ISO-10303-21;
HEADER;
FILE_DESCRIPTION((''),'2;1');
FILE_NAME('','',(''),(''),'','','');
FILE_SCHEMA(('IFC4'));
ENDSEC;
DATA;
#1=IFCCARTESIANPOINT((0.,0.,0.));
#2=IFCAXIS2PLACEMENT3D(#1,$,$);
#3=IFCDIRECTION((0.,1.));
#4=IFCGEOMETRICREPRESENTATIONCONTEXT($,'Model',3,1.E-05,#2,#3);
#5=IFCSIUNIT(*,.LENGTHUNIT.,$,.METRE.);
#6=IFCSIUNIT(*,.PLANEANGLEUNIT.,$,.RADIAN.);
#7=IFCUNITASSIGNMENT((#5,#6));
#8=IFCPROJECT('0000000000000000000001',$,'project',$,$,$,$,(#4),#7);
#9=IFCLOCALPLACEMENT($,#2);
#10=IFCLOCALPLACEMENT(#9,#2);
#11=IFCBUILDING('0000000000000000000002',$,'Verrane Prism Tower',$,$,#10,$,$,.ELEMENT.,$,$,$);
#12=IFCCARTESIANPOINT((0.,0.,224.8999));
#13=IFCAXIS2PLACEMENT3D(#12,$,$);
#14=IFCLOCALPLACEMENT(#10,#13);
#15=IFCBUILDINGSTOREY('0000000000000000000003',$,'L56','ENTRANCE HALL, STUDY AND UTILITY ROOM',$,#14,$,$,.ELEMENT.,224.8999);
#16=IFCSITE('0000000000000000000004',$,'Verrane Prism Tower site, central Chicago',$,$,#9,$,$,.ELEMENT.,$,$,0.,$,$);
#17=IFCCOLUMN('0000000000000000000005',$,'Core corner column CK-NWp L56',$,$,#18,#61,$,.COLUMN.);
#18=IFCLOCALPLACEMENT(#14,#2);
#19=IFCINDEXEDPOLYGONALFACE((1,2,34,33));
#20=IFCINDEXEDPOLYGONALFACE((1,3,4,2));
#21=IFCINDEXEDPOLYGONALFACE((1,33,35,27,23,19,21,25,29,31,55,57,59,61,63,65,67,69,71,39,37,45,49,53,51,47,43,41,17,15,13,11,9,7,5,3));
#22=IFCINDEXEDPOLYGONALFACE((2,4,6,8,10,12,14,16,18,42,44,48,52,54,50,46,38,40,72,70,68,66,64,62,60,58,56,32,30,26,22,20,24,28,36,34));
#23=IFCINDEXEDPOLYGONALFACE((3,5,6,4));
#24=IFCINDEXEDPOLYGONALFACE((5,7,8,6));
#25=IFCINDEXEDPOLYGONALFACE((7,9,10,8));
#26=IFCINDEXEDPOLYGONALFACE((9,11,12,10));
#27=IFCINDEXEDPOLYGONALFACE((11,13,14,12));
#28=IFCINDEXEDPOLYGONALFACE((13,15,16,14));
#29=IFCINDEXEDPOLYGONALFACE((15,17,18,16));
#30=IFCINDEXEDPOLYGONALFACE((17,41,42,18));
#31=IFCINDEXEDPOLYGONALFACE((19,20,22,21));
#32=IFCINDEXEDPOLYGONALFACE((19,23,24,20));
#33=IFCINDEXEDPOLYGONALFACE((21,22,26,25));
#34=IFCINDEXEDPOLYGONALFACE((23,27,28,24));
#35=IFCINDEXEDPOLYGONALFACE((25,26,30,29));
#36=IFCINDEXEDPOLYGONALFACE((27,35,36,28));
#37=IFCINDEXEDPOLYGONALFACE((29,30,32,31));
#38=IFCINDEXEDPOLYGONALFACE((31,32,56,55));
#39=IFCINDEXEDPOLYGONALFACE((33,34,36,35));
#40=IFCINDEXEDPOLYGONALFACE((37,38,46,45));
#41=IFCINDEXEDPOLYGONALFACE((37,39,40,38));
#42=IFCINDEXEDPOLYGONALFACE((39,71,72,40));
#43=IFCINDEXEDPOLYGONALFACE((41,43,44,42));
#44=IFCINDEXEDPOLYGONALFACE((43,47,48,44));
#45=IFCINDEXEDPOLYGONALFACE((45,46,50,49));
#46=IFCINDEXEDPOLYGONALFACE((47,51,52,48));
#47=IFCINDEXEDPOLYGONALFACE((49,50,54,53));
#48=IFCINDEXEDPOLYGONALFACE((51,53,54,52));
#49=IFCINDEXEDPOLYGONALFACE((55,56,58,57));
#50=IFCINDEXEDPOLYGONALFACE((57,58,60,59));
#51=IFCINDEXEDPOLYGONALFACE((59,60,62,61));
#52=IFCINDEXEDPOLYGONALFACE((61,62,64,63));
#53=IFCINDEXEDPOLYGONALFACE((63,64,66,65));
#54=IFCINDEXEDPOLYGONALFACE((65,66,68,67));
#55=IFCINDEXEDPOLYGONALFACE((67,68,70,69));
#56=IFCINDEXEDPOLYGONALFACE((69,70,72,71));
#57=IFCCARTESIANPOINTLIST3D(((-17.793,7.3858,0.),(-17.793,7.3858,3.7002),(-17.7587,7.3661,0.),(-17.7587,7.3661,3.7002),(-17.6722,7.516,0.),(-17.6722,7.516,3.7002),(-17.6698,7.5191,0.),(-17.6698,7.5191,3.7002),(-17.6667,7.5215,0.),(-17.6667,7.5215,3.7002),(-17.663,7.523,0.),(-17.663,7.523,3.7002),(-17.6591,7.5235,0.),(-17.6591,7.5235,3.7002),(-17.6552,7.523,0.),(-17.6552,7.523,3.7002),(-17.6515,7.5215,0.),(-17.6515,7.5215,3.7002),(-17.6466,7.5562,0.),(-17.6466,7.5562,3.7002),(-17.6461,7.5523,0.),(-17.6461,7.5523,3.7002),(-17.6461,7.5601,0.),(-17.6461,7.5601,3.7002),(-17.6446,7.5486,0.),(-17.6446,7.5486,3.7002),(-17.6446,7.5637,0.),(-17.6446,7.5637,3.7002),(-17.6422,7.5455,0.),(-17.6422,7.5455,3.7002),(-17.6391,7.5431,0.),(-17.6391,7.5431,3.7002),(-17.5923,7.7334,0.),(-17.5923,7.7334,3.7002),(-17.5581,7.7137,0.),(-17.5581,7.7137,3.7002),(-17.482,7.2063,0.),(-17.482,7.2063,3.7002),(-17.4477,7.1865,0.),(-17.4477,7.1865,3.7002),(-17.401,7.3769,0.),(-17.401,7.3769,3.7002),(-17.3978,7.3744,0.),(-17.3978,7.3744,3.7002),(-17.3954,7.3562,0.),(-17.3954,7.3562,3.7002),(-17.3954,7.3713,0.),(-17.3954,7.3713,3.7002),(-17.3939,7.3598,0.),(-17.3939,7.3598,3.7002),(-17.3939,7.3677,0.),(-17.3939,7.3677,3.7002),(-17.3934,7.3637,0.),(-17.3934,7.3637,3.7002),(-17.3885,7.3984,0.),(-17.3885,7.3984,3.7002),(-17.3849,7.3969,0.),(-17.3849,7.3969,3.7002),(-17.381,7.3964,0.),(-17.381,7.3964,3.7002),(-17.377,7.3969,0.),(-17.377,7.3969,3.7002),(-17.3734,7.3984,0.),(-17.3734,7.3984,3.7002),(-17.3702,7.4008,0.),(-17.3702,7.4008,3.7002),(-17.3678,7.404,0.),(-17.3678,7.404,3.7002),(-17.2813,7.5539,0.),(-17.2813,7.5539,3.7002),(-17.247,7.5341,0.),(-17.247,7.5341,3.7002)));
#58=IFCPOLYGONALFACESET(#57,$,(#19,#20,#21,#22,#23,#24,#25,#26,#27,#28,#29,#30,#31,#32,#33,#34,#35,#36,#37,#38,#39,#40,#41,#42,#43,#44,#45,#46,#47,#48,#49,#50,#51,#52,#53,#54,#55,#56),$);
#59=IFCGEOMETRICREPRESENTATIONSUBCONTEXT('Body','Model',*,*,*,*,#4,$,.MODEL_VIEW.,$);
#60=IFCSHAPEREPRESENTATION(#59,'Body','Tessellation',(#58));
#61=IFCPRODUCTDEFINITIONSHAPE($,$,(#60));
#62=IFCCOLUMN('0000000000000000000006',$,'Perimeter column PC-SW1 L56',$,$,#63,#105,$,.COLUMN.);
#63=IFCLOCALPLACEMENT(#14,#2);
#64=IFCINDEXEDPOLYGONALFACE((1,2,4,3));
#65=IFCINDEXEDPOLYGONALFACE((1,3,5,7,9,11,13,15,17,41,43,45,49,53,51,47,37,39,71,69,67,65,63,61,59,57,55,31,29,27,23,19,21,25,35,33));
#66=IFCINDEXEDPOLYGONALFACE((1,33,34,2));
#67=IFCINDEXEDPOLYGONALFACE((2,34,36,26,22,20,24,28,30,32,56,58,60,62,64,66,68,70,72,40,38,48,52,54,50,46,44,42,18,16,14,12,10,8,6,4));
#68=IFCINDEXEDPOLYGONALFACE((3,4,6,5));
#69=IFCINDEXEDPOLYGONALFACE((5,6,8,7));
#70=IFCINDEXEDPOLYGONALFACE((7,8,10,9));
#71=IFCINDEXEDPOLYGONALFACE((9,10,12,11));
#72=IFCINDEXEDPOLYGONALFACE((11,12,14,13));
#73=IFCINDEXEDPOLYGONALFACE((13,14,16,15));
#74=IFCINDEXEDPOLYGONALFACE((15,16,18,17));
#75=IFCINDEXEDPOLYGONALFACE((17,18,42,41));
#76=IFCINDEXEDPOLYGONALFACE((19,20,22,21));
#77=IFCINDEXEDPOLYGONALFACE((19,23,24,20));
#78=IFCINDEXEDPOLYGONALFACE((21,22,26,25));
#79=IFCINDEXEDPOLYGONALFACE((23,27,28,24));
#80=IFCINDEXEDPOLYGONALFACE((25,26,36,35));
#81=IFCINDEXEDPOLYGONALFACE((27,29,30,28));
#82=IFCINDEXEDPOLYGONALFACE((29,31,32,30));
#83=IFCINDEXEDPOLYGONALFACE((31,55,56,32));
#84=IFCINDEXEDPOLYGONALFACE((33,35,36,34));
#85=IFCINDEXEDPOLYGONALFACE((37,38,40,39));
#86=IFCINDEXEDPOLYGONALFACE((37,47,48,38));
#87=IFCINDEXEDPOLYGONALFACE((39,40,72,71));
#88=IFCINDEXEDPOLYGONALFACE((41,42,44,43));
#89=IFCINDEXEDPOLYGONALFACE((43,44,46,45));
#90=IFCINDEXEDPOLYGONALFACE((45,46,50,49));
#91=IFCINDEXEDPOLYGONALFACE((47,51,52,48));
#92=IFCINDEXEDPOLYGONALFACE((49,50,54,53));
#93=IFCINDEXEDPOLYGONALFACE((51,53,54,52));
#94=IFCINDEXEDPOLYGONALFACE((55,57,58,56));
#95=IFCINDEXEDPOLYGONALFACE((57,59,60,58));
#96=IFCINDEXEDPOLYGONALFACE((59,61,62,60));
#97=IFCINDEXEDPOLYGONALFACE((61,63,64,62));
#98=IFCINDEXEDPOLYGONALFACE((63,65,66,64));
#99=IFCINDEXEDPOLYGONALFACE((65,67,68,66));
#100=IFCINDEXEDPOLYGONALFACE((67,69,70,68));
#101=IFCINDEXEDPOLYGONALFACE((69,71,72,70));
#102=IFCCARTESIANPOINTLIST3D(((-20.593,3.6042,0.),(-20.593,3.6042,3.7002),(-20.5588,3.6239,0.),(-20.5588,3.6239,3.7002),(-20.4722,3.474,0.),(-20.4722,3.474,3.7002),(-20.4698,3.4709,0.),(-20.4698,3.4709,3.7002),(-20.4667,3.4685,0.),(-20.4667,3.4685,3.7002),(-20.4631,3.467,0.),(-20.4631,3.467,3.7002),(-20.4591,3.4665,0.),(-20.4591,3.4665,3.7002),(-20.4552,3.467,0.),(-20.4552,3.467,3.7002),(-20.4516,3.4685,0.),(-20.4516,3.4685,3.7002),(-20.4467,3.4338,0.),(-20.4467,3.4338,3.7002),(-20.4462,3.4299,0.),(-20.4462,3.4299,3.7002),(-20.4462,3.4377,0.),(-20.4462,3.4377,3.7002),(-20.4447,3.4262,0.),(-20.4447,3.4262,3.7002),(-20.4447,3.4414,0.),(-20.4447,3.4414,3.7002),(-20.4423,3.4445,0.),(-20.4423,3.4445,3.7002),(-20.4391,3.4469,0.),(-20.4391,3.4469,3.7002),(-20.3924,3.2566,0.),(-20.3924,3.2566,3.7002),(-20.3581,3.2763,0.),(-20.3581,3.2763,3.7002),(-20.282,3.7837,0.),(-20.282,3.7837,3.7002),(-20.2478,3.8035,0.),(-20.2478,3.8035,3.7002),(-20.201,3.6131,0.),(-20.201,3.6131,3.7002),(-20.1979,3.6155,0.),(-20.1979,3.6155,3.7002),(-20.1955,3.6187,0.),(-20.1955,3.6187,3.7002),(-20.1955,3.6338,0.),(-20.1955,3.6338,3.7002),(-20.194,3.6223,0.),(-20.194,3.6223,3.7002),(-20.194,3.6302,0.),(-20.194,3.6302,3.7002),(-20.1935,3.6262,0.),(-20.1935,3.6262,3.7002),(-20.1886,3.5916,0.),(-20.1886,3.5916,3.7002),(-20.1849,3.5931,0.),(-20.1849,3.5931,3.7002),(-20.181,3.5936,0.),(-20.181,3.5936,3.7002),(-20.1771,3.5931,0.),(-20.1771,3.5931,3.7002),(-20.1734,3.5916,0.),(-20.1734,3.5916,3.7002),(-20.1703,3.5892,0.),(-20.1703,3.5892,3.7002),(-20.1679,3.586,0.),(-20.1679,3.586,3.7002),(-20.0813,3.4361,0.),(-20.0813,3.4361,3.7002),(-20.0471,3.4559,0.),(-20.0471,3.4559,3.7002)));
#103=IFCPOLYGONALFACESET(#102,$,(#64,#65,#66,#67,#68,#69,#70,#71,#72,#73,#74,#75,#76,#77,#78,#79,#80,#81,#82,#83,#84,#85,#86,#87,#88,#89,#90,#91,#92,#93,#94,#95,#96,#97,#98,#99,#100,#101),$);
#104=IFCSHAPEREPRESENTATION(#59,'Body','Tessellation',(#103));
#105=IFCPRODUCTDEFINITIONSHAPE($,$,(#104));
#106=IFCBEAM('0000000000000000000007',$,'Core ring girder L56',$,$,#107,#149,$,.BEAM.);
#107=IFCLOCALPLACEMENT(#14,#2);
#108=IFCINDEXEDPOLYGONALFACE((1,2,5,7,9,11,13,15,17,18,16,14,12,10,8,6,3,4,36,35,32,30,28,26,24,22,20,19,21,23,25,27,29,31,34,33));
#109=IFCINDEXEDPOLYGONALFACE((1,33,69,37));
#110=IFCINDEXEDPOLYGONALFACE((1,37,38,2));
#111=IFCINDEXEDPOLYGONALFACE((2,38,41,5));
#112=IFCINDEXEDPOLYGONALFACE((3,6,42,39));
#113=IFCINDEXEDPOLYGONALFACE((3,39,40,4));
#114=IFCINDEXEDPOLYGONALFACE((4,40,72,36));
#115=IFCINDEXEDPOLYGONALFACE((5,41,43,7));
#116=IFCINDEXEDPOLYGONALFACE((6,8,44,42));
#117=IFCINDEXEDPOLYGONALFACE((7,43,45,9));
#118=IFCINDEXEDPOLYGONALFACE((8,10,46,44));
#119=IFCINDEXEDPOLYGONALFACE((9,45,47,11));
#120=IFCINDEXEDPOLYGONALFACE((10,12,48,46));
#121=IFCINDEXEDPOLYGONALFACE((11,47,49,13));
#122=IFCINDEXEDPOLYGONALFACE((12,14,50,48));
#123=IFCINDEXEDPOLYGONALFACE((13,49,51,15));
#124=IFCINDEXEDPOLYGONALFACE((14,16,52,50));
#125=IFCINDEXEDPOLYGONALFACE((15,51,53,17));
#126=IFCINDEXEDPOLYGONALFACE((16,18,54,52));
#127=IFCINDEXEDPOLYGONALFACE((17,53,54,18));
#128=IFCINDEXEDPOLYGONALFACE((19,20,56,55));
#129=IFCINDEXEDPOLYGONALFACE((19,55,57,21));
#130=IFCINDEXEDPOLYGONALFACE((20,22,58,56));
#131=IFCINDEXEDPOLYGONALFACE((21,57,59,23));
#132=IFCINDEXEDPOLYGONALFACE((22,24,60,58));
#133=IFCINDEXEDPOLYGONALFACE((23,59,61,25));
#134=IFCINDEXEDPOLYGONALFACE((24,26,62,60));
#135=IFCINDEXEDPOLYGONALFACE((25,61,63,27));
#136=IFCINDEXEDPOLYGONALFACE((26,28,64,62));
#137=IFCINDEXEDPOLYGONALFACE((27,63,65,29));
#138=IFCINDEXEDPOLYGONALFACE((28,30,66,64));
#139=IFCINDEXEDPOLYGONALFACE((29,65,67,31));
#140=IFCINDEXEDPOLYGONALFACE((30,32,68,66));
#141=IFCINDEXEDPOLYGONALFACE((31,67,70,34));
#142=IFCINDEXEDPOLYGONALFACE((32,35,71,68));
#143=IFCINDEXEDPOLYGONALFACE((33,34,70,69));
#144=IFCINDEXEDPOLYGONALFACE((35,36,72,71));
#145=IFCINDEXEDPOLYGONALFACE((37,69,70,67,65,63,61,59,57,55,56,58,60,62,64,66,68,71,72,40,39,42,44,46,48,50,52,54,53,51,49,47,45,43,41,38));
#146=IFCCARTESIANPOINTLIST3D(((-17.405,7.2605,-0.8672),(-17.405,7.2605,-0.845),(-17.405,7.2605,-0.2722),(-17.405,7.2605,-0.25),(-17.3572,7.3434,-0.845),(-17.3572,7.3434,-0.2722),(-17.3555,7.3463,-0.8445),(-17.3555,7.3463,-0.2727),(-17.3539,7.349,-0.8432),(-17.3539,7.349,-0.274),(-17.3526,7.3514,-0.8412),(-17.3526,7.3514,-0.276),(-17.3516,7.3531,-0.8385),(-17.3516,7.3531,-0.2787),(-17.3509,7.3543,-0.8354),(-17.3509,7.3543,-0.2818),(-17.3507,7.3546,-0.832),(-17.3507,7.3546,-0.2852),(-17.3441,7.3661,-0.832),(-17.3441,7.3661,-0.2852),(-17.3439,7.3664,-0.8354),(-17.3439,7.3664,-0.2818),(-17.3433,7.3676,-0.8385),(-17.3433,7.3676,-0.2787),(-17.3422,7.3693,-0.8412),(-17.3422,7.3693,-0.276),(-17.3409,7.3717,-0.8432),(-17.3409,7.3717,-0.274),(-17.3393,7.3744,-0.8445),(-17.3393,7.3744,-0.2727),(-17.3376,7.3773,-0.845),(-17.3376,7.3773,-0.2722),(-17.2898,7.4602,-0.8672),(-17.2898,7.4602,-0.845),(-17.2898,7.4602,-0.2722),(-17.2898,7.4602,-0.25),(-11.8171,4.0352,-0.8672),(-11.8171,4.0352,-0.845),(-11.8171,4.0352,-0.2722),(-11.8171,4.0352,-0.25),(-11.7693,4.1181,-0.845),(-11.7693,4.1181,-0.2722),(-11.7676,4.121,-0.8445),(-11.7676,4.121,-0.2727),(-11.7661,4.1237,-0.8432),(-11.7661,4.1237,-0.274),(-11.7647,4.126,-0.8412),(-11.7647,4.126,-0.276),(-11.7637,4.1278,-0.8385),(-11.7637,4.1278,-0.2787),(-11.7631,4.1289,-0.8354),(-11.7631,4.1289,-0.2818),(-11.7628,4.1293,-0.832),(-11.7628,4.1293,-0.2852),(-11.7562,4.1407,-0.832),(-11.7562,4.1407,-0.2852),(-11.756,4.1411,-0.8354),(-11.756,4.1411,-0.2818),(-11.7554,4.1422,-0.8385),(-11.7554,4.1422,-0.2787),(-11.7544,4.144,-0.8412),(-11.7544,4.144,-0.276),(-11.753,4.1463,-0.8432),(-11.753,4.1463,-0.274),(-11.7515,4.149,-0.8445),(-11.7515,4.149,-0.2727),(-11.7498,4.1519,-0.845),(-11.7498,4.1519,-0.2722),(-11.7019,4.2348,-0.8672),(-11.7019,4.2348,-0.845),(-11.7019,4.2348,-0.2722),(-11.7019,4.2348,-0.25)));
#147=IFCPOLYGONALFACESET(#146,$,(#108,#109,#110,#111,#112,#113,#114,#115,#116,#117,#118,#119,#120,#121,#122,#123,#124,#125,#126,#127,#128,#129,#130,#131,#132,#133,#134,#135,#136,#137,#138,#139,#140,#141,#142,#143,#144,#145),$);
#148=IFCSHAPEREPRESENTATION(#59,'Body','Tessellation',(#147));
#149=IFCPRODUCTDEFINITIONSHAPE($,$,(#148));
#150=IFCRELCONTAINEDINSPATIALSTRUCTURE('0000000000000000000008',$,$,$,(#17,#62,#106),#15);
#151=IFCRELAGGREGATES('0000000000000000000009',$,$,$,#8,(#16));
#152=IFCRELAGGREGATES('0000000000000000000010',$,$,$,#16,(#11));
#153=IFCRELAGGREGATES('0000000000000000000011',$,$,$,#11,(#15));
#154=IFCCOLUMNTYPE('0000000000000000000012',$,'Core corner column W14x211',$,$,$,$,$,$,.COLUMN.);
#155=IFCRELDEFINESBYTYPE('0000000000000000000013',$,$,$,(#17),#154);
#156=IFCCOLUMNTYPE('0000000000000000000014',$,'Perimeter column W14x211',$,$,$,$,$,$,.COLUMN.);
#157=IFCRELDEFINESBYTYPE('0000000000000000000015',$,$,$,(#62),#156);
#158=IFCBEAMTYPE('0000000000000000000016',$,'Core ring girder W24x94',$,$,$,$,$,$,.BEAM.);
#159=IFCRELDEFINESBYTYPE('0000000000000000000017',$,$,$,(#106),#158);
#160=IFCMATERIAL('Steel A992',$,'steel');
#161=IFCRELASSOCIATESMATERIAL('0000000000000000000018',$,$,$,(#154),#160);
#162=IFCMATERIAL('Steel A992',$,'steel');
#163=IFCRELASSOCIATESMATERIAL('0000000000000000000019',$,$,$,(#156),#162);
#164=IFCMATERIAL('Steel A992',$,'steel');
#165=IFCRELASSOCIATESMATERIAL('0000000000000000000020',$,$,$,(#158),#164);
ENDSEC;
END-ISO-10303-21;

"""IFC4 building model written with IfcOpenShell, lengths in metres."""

from ifc_helpers import new_model, si_unit, direction, frame, origin, origin_2d, place, context, subcontext, project, spatial, i_section, extrude, material, material_profile, profile_set, type_object, element, save


model = new_model("IFC4")

# Units and contexts
model_context = context("Model", 3, precision=1e-05, world=origin(), true_north=direction((0.0, 1.0)))
body_context = subcontext(model_context, "Body", "Model", "MODEL_VIEW")
ifc_project = project(units=[si_unit("LENGTHUNIT", "METRE"), si_unit("PLANEANGLEUNIT", "RADIAN")], contexts=[model_context])

# Site, building, storey
site_placement = place(None, origin())
site = spatial("IfcSite", under=ifc_project, at=site_placement, Name="Verrane Prism Tower site, central Chicago", CompositionType="ELEMENT", RefElevation=0.0)
building_placement = place(site_placement, origin())
building = spatial("IfcBuilding", under=site, at=building_placement, Name="Verrane Prism Tower", CompositionType="ELEMENT")
storey_placement = place(building_placement, frame((0.0, 0.0, 224.8999)))
storey = spatial("IfcBuildingStorey", under=building, at=storey_placement, Name="L56", Description="ENTRANCE HALL, STUDY AND UTILITY ROOM", CompositionType="ELEMENT", Elevation=224.8999)

# Columns
ifc_material_1 = material(Name="Steel A992", Category="steel")
ifc_material_profile_1 = material_profile(ifc_material_1, i_section(OverallWidth=0.4014, OverallDepth=0.3987, WebThickness=0.0249, FlangeThickness=0.0396, FilletRadius=0.0151, at=origin_2d()), Name="W14x211")
ifc_profile_set_1 = profile_set([ifc_material_profile_1], Name="Steel A992")
column_type_1 = type_object("IfcColumnType", Name="Core corner column W14x211", PredefinedType="COLUMN", material=ifc_profile_set_1)
column_1_placement = place(storey_placement, frame((-17.52, 7.46, 0.0), z_axis=(0.0, 0.0, 1.0), x_axis=(0.5, 0.866025, 0.0)))
element("IfcColumn", 1, at=column_1_placement, inside=storey, type_object=column_type_1, Name="Core corner column CK-NWp L56", PredefinedType="COLUMN", context=body_context, shape_type="SweptSolid", body=[
    extrude(i_section(OverallWidth=0.4014, OverallDepth=0.3987, WebThickness=0.0249, FlangeThickness=0.0396, FilletRadius=0.0151, at=origin_2d()), origin(), (0.0, 0.0, 1.0), 3.7002),
])
ifc_material_2 = material(Name="Steel A992", Category="steel")
ifc_material_profile_2 = material_profile(ifc_material_2, i_section(OverallWidth=0.4014, OverallDepth=0.3987, WebThickness=0.0249, FlangeThickness=0.0396, FilletRadius=0.0151, at=origin_2d()), Name="W14x211")
ifc_profile_set_2 = profile_set([ifc_material_profile_2], Name="Steel A992")
column_type_2 = type_object("IfcColumnType", Name="Perimeter column W14x211", PredefinedType="COLUMN", material=ifc_profile_set_2)
column_2_placement = place(storey_placement, frame((-20.3201, 3.53, 0.0), z_axis=(0.0, 0.0, 1.0), x_axis=(-0.5, 0.866025, 0.0)))
element("IfcColumn", 2, at=column_2_placement, inside=storey, type_object=column_type_2, Name="Perimeter column PC-SW1 L56", PredefinedType="COLUMN", context=body_context, shape_type="SweptSolid", body=[
    extrude(i_section(OverallWidth=0.4014, OverallDepth=0.3987, WebThickness=0.0249, FlangeThickness=0.0396, FilletRadius=0.0151, at=origin_2d()), origin(), (0.0, 0.0, 1.0), 3.7002),
])

# Beam
ifc_material_3 = material(Name="Steel A992", Category="steel")
ifc_material_profile_3 = material_profile(ifc_material_3, i_section(OverallWidth=0.2305, OverallDepth=0.6172, WebThickness=0.0132, FlangeThickness=0.0222, FilletRadius=0.0129, at=origin_2d()), Name="W24x94")
ifc_profile_set_3 = profile_set([ifc_material_profile_3], Name="Steel A992")
beam_type_1 = type_object("IfcBeamType", Name="Core ring girder W24x94", PredefinedType="BEAM", material=ifc_profile_set_3)
beam_1_placement = place(storey_placement, frame((-17.3474, 7.3604, -0.5586), z_axis=(0.866081, -0.499904, 0.0), x_axis=(0.499904, 0.866081, 0.0)))
element("IfcBeam", 3, at=beam_1_placement, inside=storey, type_object=beam_type_1, Name="Core ring girder L56", PredefinedType="BEAM", context=body_context, shape_type="SweptSolid", body=[
    extrude(i_section(OverallWidth=0.2305, OverallDepth=0.6172, WebThickness=0.0132, FlangeThickness=0.0222, FilletRadius=0.0129, at=origin_2d()), origin(), (0.0, 0.0, 1.0), 6.4519),
])

save(model, "model.ifc")
